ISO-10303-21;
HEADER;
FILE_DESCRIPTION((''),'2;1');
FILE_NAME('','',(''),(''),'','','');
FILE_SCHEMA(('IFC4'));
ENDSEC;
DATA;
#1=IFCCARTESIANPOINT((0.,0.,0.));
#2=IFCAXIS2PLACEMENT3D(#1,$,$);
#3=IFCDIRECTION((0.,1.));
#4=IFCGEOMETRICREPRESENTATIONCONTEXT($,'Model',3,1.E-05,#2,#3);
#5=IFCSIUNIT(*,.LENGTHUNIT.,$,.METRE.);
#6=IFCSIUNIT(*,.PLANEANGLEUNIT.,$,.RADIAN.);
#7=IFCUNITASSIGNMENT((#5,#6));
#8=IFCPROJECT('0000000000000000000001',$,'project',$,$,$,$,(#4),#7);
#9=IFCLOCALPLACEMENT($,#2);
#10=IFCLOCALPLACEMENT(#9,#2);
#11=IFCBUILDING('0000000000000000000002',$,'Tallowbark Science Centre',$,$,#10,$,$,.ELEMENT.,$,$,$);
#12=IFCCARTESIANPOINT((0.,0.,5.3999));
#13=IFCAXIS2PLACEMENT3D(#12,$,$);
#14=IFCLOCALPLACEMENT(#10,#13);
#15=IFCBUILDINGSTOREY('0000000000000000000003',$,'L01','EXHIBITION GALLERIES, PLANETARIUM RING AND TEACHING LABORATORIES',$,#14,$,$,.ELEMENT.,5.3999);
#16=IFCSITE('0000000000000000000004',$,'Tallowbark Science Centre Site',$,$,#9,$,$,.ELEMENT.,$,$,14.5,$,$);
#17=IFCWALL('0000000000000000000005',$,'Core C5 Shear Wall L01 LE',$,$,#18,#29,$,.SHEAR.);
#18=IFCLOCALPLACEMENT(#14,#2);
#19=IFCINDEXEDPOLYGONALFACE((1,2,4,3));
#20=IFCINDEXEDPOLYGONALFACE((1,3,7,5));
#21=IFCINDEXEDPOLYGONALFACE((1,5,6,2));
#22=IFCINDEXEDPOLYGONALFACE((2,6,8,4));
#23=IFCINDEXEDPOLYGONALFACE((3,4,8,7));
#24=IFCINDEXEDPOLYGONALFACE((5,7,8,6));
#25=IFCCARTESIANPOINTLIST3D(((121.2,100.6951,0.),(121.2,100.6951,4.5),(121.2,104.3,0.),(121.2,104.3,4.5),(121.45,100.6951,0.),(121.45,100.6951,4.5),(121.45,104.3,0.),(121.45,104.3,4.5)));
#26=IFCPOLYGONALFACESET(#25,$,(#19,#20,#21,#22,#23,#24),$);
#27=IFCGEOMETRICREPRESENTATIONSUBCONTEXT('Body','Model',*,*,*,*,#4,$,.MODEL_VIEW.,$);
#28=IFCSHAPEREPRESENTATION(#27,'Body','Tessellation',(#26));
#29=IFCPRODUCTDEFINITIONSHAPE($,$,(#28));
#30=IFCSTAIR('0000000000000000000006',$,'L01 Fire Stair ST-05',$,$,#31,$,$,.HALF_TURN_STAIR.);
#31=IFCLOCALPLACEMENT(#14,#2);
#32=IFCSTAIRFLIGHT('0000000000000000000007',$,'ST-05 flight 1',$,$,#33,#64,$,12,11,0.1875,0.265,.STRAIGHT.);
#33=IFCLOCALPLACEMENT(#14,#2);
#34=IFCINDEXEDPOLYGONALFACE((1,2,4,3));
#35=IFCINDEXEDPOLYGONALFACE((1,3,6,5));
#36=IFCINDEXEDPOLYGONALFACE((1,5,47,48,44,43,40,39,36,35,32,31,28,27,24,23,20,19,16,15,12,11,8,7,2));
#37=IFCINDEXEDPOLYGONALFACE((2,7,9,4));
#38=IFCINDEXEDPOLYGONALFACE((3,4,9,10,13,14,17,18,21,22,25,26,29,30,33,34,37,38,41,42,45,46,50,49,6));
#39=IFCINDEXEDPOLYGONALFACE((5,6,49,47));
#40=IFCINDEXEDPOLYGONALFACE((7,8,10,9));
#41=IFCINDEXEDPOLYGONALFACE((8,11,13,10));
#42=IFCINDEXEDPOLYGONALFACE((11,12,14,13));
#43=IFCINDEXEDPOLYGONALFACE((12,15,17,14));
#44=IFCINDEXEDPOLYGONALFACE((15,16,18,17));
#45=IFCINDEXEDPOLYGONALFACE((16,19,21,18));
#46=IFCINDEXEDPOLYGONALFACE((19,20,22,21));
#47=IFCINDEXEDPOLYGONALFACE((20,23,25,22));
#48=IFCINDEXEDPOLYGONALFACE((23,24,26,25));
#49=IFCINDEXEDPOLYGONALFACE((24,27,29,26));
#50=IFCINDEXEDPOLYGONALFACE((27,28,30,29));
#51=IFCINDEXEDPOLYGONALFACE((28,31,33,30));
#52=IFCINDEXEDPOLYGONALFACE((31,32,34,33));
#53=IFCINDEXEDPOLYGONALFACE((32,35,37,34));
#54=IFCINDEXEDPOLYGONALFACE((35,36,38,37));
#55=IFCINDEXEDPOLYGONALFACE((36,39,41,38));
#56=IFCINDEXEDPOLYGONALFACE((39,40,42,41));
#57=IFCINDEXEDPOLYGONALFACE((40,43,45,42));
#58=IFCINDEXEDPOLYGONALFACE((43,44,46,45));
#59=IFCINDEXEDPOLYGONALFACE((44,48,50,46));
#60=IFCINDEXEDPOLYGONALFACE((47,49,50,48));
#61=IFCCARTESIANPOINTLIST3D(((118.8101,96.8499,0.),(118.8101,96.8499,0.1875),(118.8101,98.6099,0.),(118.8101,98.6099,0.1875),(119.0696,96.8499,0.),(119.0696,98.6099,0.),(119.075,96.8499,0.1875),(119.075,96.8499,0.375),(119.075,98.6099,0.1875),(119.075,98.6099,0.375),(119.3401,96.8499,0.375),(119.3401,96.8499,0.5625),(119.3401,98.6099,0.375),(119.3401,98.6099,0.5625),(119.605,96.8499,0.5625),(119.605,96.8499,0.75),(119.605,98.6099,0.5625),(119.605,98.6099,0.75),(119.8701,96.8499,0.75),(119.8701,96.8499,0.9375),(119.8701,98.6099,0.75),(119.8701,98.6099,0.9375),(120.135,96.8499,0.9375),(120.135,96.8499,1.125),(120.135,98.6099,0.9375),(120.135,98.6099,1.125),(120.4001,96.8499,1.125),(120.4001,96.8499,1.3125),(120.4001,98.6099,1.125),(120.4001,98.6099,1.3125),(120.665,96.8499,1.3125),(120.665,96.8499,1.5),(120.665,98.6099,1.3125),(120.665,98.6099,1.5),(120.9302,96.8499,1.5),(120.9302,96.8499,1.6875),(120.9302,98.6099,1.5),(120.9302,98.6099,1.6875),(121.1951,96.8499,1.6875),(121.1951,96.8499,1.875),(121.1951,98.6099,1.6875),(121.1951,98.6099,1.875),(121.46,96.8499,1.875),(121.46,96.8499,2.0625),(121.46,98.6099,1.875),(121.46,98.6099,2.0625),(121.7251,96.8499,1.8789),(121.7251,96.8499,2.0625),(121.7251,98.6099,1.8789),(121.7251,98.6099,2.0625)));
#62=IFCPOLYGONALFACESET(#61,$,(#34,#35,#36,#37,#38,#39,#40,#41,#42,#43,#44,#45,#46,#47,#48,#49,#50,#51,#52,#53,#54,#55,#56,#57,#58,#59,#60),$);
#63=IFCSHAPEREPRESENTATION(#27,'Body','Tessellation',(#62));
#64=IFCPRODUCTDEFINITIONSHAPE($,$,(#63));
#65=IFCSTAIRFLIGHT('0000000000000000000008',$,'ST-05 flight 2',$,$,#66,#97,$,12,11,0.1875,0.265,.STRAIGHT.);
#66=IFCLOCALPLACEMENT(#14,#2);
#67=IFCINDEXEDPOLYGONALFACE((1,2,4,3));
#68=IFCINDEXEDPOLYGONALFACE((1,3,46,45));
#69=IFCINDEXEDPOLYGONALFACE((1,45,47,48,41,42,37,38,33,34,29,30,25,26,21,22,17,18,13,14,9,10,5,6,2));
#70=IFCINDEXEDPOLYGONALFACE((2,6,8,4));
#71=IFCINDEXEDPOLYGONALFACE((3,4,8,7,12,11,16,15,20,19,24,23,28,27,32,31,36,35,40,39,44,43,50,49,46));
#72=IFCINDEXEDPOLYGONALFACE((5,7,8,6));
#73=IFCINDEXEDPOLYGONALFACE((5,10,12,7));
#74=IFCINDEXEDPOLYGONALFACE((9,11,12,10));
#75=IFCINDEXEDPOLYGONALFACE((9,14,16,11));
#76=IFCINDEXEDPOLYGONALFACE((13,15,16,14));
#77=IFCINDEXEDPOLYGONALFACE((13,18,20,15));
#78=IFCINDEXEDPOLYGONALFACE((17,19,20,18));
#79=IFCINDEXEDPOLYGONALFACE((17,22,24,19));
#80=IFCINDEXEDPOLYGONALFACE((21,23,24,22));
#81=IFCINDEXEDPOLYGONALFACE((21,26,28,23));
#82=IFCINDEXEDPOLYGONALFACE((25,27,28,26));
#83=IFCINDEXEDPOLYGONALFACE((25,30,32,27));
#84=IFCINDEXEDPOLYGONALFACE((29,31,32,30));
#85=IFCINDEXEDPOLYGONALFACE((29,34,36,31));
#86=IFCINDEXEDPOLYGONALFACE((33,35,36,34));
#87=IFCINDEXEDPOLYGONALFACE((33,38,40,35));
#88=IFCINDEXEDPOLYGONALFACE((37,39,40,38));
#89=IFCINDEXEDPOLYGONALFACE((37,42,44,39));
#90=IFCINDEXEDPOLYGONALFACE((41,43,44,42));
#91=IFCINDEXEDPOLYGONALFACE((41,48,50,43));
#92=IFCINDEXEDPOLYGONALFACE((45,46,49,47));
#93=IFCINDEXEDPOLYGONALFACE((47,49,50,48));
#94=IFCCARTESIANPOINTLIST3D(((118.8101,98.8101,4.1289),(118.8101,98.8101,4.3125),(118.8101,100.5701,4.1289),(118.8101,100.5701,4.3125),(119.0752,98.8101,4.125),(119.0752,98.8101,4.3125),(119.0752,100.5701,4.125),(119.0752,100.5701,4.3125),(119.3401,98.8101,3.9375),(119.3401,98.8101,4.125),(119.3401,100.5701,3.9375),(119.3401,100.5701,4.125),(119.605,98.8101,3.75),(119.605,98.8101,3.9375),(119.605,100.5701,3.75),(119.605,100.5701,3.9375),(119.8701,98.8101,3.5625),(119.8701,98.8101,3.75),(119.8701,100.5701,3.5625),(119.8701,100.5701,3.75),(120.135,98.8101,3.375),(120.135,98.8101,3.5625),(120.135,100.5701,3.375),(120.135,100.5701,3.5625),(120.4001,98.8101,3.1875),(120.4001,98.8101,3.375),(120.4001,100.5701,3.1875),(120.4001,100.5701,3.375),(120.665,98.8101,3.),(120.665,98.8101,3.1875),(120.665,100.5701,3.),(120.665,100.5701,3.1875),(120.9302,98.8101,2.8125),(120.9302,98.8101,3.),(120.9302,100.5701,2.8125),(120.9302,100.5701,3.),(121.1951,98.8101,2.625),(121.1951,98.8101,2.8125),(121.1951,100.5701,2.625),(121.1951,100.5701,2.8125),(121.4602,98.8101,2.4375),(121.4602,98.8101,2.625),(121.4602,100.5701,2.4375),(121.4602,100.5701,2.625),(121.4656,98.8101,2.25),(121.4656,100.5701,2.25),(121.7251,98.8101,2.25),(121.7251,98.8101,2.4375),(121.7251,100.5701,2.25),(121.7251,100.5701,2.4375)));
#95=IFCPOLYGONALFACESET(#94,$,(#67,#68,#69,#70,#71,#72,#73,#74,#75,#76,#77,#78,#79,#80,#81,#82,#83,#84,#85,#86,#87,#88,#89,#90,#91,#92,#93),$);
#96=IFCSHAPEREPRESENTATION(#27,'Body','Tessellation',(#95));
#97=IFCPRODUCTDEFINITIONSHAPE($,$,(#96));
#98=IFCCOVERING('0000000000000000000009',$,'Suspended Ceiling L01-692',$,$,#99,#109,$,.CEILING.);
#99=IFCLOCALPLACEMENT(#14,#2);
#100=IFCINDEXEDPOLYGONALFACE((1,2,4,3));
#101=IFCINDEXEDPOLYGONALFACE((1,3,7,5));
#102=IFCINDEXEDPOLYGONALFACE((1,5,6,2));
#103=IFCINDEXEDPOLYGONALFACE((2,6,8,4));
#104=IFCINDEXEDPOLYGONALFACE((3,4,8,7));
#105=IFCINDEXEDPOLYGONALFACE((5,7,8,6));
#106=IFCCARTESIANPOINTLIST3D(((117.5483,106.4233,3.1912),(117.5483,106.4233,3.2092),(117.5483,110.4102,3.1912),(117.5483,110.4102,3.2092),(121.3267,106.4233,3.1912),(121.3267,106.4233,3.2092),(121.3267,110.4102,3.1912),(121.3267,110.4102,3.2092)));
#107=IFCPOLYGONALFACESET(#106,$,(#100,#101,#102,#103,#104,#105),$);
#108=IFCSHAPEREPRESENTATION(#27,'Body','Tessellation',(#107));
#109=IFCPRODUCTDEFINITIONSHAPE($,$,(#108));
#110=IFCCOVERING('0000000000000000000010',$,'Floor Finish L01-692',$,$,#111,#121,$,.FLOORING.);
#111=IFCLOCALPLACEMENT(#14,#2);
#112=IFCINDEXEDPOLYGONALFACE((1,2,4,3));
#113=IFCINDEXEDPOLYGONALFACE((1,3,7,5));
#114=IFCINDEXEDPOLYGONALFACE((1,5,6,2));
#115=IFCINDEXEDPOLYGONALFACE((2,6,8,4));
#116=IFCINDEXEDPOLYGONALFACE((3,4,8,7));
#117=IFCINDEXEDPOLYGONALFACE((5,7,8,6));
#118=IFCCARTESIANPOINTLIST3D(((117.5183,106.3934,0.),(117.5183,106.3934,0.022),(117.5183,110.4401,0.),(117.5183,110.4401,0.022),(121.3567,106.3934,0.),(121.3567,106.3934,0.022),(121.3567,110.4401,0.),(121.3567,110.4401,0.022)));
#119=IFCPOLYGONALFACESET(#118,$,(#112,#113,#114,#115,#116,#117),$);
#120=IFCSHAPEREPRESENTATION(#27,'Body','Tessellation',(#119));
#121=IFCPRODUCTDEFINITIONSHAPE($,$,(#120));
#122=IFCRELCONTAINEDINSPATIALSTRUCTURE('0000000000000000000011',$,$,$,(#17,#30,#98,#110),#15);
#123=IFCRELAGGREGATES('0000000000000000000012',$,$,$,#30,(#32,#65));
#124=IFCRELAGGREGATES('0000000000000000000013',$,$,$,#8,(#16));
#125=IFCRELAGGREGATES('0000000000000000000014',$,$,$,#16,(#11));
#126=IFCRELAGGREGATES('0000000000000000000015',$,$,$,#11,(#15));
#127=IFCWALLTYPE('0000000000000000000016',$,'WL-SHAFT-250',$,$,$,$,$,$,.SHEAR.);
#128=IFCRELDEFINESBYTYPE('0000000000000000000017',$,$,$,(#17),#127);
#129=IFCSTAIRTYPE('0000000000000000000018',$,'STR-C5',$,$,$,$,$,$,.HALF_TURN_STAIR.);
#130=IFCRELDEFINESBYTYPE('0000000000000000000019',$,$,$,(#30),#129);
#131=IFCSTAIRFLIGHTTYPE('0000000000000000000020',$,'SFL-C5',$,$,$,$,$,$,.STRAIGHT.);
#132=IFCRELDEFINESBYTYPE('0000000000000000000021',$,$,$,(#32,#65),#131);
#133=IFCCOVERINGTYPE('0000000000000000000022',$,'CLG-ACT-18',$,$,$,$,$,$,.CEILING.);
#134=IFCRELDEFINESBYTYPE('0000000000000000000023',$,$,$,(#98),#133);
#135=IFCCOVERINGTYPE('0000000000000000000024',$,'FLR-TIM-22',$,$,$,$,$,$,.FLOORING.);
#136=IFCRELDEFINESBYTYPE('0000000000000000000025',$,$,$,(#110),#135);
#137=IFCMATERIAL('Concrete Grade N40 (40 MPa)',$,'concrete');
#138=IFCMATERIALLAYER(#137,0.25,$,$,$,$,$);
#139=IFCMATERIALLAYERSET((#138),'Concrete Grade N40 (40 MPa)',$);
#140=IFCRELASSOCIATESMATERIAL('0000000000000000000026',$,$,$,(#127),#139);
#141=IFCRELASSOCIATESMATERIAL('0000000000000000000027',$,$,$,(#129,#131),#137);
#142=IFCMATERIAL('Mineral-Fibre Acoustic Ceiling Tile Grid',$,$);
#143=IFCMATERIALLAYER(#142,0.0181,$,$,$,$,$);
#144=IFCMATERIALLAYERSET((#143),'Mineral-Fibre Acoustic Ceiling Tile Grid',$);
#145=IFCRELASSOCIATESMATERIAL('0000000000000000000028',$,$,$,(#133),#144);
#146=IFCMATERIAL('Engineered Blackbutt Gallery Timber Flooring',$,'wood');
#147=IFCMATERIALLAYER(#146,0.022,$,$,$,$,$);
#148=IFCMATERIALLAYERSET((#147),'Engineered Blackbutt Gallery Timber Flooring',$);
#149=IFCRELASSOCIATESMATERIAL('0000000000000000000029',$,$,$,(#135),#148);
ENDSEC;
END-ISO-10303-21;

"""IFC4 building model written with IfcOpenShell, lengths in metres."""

from ifc_helpers import new_model, si_unit, direction, frame, frame_2d, origin, origin_2d, place, context, subcontext, project, spatial, polyline, rectangle, outline, extrude, material, layer, layer_set, type_object, element, aggregate, save


model = new_model("IFC4")

# Units and contexts
model_context = context("Model", 3, precision=1e-05, world=origin(), true_north=direction((0.0, 1.0)))
body_context = subcontext(model_context, "Body", "Model", "MODEL_VIEW")
ifc_project = project(units=[si_unit("LENGTHUNIT", "METRE"), si_unit("PLANEANGLEUNIT", "RADIAN")], contexts=[model_context])

# Site, building, storey
site_placement = place(None, origin())
site = spatial("IfcSite", under=ifc_project, at=site_placement, Name="Tallowbark Science Centre Site", CompositionType="ELEMENT", RefElevation=14.5)
building_placement = place(site_placement, origin())
building = spatial("IfcBuilding", under=site, at=building_placement, Name="Tallowbark Science Centre", CompositionType="ELEMENT")
storey_placement = place(building_placement, frame((0.0, 0.0, 5.3999)))
storey = spatial("IfcBuildingStorey", under=building, at=storey_placement, Name="L01", Description="EXHIBITION GALLERIES, PLANETARIUM RING AND TEACHING LABORATORIES", CompositionType="ELEMENT", Elevation=5.3999)

# Shared definitions
ifc_material_1 = material(Name="Concrete Grade N40 (40 MPa)", Category="concrete")

# Wall
ifc_layer_1 = layer(ifc_material_1, 0.25)
ifc_layer_set_1 = layer_set([ifc_layer_1], Name="Concrete Grade N40 (40 MPa)")
wall_type_1 = type_object("IfcWallType", Name="WL-SHAFT-250", PredefinedType="SHEAR", material=ifc_layer_set_1)
for number, where, z_axis, x_axis, name in (
    (1, (121.325, 100.6951, 0.0), (0.0, 0.0, 1.0), (0.0, 1.0, 0.0), "Core C5 Shear Wall L01 LE"),
):
    element("IfcWall", number, at=place(storey_placement, frame(where, z_axis=z_axis, x_axis=x_axis)), inside=storey, type_object=wall_type_1, Name=name, PredefinedType="SHEAR", context=body_context, shape_type="SweptSolid", body=[
        extrude(rectangle(XDim=3.605, YDim=0.25, at=frame_2d((1.8025, 0.0))), origin(), (0.0, 0.0, 1.0), 4.5),
    ])

# Stair, stair flights
stair_type = type_object("IfcStairType", Name="STR-C5", PredefinedType="HALF_TURN_STAIR", material=ifc_material_1)
stair_placement = place(storey_placement, origin())
stair = element("IfcStair", 2, at=stair_placement, inside=storey, type_object=stair_type, Name="L01 Fire Stair ST-05", PredefinedType="HALF_TURN_STAIR")
stair_flight_type = type_object("IfcStairFlightType", Name="SFL-C5", PredefinedType="STRAIGHT", material=ifc_material_1)
stair_flight_1_placement = place(storey_placement, frame((118.8101, 97.73, 0.0), z_axis=(0.0, 0.0, 1.0), x_axis=(1.0, 0.0, 0.0)))
stair_flight_1 = element("IfcStairFlight", 3, at=stair_flight_1_placement, type_object=stair_flight_type, Name="ST-05 flight 1", NumberOfRisers=12, NumberOfTreads=11, PredefinedType="STRAIGHT", RiserHeight=0.1875, TreadLength=0.265, context=body_context, shape_type="SweptSolid", body=[
    extrude(outline(polyline([(0.0, 0.0), (0.0, 0.1875), (0.2649, 0.1875), (0.2649, 0.375), (0.53, 0.375), (0.53, 0.5625), (0.7949, 0.5625), (0.7949, 0.75), (1.0601, 0.75), (1.0601, 0.9375), (1.325, 0.9375), (1.325, 1.125), (1.5901, 1.125), (1.5901, 1.3125), (1.855, 1.3125), (1.855, 1.5), (2.1201, 1.5), (2.1201, 1.6875), (2.385, 1.6875), (2.385, 1.875), (2.6499, 1.875), (2.6499, 2.0625), (2.915, 2.0625), (2.915, 2.25), (2.915, 1.8789), (0.2595, 0.0), (0.0, 0.0)])), frame((0.0, 0.8799, 0.0), z_axis=(0.0, -1.0, 0.0), x_axis=(1.0, 0.0, 0.0)), (0.0, 0.0, 1.0), 1.76),
])
stair_flight_2_placement = place(storey_placement, frame((121.7251, 99.6899, 2.25), z_axis=(0.0, 0.0, 1.0), x_axis=(-1.0, 0.0, 0.0)))
stair_flight_2 = element("IfcStairFlight", 4, at=stair_flight_2_placement, type_object=stair_flight_type, Name="ST-05 flight 2", NumberOfRisers=12, NumberOfTreads=11, PredefinedType="STRAIGHT", RiserHeight=0.1875, TreadLength=0.265, context=body_context, shape_type="SweptSolid", body=[
    extrude(outline(polyline([(0.0, 0.0), (0.0, 0.1875), (0.2649, 0.1875), (0.2649, 0.375), (0.53, 0.375), (0.53, 0.5625), (0.7949, 0.5625), (0.7949, 0.75), (1.0601, 0.75), (1.0601, 0.9375), (1.325, 0.9375), (1.325, 1.125), (1.5901, 1.125), (1.5901, 1.3125), (1.855, 1.3125), (1.855, 1.5), (2.1201, 1.5), (2.1201, 1.6875), (2.385, 1.6875), (2.385, 1.875), (2.6499, 1.875), (2.6499, 2.0625), (2.915, 2.0625), (2.915, 2.25), (2.915, 1.8789), (0.2595, 0.0), (0.0, 0.0)])), frame((0.0, 0.8799, 0.0), z_axis=(0.0, -1.0, 0.0), x_axis=(1.0, 0.0, 0.0)), (0.0, 0.0, 1.0), 1.76),
])
aggregate(stair, [stair_flight_1, stair_flight_2])

# Coverings
ifc_material_2 = material(Name="Mineral-Fibre Acoustic Ceiling Tile Grid")
ifc_layer_2 = layer(ifc_material_2, 0.0181)
ifc_layer_set_2 = layer_set([ifc_layer_2], Name="Mineral-Fibre Acoustic Ceiling Tile Grid")
covering_type_1 = type_object("IfcCoveringType", Name="CLG-ACT-18", PredefinedType="CEILING", material=ifc_layer_set_2)
covering_1_placement = place(storey_placement, frame((119.4375, 108.4167, 3.1912), z_axis=(0.0, 0.0, 1.0), x_axis=(1.0, 0.0, 0.0)))
element("IfcCovering", 5, at=covering_1_placement, inside=storey, type_object=covering_type_1, Name="Suspended Ceiling L01-692", PredefinedType="CEILING", context=body_context, shape_type="SweptSolid", body=[
    extrude(rectangle(XDim=3.7783, YDim=3.9868, at=origin_2d()), origin(), (0.0, 0.0, 1.0), 0.0181),
])
ifc_material_3 = material(Name="Engineered Blackbutt Gallery Timber Flooring", Category="wood")
ifc_layer_3 = layer(ifc_material_3, 0.022)
ifc_layer_set_3 = layer_set([ifc_layer_3], Name="Engineered Blackbutt Gallery Timber Flooring")
covering_type_2 = type_object("IfcCoveringType", Name="FLR-TIM-22", PredefinedType="FLOORING", material=ifc_layer_set_3)
covering_2_placement = place(storey_placement, frame((119.4375, 108.4167, 0.0), z_axis=(0.0, 0.0, 1.0), x_axis=(1.0, 0.0, 0.0)))
element("IfcCovering", 6, at=covering_2_placement, inside=storey, type_object=covering_type_2, Name="Floor Finish L01-692", PredefinedType="FLOORING", context=body_context, shape_type="SweptSolid", body=[
    extrude(rectangle(XDim=3.8384, YDim=4.0466, at=origin_2d()), origin(), (0.0, 0.0, 1.0), 0.022),
])

save(model, "model.ifc")
